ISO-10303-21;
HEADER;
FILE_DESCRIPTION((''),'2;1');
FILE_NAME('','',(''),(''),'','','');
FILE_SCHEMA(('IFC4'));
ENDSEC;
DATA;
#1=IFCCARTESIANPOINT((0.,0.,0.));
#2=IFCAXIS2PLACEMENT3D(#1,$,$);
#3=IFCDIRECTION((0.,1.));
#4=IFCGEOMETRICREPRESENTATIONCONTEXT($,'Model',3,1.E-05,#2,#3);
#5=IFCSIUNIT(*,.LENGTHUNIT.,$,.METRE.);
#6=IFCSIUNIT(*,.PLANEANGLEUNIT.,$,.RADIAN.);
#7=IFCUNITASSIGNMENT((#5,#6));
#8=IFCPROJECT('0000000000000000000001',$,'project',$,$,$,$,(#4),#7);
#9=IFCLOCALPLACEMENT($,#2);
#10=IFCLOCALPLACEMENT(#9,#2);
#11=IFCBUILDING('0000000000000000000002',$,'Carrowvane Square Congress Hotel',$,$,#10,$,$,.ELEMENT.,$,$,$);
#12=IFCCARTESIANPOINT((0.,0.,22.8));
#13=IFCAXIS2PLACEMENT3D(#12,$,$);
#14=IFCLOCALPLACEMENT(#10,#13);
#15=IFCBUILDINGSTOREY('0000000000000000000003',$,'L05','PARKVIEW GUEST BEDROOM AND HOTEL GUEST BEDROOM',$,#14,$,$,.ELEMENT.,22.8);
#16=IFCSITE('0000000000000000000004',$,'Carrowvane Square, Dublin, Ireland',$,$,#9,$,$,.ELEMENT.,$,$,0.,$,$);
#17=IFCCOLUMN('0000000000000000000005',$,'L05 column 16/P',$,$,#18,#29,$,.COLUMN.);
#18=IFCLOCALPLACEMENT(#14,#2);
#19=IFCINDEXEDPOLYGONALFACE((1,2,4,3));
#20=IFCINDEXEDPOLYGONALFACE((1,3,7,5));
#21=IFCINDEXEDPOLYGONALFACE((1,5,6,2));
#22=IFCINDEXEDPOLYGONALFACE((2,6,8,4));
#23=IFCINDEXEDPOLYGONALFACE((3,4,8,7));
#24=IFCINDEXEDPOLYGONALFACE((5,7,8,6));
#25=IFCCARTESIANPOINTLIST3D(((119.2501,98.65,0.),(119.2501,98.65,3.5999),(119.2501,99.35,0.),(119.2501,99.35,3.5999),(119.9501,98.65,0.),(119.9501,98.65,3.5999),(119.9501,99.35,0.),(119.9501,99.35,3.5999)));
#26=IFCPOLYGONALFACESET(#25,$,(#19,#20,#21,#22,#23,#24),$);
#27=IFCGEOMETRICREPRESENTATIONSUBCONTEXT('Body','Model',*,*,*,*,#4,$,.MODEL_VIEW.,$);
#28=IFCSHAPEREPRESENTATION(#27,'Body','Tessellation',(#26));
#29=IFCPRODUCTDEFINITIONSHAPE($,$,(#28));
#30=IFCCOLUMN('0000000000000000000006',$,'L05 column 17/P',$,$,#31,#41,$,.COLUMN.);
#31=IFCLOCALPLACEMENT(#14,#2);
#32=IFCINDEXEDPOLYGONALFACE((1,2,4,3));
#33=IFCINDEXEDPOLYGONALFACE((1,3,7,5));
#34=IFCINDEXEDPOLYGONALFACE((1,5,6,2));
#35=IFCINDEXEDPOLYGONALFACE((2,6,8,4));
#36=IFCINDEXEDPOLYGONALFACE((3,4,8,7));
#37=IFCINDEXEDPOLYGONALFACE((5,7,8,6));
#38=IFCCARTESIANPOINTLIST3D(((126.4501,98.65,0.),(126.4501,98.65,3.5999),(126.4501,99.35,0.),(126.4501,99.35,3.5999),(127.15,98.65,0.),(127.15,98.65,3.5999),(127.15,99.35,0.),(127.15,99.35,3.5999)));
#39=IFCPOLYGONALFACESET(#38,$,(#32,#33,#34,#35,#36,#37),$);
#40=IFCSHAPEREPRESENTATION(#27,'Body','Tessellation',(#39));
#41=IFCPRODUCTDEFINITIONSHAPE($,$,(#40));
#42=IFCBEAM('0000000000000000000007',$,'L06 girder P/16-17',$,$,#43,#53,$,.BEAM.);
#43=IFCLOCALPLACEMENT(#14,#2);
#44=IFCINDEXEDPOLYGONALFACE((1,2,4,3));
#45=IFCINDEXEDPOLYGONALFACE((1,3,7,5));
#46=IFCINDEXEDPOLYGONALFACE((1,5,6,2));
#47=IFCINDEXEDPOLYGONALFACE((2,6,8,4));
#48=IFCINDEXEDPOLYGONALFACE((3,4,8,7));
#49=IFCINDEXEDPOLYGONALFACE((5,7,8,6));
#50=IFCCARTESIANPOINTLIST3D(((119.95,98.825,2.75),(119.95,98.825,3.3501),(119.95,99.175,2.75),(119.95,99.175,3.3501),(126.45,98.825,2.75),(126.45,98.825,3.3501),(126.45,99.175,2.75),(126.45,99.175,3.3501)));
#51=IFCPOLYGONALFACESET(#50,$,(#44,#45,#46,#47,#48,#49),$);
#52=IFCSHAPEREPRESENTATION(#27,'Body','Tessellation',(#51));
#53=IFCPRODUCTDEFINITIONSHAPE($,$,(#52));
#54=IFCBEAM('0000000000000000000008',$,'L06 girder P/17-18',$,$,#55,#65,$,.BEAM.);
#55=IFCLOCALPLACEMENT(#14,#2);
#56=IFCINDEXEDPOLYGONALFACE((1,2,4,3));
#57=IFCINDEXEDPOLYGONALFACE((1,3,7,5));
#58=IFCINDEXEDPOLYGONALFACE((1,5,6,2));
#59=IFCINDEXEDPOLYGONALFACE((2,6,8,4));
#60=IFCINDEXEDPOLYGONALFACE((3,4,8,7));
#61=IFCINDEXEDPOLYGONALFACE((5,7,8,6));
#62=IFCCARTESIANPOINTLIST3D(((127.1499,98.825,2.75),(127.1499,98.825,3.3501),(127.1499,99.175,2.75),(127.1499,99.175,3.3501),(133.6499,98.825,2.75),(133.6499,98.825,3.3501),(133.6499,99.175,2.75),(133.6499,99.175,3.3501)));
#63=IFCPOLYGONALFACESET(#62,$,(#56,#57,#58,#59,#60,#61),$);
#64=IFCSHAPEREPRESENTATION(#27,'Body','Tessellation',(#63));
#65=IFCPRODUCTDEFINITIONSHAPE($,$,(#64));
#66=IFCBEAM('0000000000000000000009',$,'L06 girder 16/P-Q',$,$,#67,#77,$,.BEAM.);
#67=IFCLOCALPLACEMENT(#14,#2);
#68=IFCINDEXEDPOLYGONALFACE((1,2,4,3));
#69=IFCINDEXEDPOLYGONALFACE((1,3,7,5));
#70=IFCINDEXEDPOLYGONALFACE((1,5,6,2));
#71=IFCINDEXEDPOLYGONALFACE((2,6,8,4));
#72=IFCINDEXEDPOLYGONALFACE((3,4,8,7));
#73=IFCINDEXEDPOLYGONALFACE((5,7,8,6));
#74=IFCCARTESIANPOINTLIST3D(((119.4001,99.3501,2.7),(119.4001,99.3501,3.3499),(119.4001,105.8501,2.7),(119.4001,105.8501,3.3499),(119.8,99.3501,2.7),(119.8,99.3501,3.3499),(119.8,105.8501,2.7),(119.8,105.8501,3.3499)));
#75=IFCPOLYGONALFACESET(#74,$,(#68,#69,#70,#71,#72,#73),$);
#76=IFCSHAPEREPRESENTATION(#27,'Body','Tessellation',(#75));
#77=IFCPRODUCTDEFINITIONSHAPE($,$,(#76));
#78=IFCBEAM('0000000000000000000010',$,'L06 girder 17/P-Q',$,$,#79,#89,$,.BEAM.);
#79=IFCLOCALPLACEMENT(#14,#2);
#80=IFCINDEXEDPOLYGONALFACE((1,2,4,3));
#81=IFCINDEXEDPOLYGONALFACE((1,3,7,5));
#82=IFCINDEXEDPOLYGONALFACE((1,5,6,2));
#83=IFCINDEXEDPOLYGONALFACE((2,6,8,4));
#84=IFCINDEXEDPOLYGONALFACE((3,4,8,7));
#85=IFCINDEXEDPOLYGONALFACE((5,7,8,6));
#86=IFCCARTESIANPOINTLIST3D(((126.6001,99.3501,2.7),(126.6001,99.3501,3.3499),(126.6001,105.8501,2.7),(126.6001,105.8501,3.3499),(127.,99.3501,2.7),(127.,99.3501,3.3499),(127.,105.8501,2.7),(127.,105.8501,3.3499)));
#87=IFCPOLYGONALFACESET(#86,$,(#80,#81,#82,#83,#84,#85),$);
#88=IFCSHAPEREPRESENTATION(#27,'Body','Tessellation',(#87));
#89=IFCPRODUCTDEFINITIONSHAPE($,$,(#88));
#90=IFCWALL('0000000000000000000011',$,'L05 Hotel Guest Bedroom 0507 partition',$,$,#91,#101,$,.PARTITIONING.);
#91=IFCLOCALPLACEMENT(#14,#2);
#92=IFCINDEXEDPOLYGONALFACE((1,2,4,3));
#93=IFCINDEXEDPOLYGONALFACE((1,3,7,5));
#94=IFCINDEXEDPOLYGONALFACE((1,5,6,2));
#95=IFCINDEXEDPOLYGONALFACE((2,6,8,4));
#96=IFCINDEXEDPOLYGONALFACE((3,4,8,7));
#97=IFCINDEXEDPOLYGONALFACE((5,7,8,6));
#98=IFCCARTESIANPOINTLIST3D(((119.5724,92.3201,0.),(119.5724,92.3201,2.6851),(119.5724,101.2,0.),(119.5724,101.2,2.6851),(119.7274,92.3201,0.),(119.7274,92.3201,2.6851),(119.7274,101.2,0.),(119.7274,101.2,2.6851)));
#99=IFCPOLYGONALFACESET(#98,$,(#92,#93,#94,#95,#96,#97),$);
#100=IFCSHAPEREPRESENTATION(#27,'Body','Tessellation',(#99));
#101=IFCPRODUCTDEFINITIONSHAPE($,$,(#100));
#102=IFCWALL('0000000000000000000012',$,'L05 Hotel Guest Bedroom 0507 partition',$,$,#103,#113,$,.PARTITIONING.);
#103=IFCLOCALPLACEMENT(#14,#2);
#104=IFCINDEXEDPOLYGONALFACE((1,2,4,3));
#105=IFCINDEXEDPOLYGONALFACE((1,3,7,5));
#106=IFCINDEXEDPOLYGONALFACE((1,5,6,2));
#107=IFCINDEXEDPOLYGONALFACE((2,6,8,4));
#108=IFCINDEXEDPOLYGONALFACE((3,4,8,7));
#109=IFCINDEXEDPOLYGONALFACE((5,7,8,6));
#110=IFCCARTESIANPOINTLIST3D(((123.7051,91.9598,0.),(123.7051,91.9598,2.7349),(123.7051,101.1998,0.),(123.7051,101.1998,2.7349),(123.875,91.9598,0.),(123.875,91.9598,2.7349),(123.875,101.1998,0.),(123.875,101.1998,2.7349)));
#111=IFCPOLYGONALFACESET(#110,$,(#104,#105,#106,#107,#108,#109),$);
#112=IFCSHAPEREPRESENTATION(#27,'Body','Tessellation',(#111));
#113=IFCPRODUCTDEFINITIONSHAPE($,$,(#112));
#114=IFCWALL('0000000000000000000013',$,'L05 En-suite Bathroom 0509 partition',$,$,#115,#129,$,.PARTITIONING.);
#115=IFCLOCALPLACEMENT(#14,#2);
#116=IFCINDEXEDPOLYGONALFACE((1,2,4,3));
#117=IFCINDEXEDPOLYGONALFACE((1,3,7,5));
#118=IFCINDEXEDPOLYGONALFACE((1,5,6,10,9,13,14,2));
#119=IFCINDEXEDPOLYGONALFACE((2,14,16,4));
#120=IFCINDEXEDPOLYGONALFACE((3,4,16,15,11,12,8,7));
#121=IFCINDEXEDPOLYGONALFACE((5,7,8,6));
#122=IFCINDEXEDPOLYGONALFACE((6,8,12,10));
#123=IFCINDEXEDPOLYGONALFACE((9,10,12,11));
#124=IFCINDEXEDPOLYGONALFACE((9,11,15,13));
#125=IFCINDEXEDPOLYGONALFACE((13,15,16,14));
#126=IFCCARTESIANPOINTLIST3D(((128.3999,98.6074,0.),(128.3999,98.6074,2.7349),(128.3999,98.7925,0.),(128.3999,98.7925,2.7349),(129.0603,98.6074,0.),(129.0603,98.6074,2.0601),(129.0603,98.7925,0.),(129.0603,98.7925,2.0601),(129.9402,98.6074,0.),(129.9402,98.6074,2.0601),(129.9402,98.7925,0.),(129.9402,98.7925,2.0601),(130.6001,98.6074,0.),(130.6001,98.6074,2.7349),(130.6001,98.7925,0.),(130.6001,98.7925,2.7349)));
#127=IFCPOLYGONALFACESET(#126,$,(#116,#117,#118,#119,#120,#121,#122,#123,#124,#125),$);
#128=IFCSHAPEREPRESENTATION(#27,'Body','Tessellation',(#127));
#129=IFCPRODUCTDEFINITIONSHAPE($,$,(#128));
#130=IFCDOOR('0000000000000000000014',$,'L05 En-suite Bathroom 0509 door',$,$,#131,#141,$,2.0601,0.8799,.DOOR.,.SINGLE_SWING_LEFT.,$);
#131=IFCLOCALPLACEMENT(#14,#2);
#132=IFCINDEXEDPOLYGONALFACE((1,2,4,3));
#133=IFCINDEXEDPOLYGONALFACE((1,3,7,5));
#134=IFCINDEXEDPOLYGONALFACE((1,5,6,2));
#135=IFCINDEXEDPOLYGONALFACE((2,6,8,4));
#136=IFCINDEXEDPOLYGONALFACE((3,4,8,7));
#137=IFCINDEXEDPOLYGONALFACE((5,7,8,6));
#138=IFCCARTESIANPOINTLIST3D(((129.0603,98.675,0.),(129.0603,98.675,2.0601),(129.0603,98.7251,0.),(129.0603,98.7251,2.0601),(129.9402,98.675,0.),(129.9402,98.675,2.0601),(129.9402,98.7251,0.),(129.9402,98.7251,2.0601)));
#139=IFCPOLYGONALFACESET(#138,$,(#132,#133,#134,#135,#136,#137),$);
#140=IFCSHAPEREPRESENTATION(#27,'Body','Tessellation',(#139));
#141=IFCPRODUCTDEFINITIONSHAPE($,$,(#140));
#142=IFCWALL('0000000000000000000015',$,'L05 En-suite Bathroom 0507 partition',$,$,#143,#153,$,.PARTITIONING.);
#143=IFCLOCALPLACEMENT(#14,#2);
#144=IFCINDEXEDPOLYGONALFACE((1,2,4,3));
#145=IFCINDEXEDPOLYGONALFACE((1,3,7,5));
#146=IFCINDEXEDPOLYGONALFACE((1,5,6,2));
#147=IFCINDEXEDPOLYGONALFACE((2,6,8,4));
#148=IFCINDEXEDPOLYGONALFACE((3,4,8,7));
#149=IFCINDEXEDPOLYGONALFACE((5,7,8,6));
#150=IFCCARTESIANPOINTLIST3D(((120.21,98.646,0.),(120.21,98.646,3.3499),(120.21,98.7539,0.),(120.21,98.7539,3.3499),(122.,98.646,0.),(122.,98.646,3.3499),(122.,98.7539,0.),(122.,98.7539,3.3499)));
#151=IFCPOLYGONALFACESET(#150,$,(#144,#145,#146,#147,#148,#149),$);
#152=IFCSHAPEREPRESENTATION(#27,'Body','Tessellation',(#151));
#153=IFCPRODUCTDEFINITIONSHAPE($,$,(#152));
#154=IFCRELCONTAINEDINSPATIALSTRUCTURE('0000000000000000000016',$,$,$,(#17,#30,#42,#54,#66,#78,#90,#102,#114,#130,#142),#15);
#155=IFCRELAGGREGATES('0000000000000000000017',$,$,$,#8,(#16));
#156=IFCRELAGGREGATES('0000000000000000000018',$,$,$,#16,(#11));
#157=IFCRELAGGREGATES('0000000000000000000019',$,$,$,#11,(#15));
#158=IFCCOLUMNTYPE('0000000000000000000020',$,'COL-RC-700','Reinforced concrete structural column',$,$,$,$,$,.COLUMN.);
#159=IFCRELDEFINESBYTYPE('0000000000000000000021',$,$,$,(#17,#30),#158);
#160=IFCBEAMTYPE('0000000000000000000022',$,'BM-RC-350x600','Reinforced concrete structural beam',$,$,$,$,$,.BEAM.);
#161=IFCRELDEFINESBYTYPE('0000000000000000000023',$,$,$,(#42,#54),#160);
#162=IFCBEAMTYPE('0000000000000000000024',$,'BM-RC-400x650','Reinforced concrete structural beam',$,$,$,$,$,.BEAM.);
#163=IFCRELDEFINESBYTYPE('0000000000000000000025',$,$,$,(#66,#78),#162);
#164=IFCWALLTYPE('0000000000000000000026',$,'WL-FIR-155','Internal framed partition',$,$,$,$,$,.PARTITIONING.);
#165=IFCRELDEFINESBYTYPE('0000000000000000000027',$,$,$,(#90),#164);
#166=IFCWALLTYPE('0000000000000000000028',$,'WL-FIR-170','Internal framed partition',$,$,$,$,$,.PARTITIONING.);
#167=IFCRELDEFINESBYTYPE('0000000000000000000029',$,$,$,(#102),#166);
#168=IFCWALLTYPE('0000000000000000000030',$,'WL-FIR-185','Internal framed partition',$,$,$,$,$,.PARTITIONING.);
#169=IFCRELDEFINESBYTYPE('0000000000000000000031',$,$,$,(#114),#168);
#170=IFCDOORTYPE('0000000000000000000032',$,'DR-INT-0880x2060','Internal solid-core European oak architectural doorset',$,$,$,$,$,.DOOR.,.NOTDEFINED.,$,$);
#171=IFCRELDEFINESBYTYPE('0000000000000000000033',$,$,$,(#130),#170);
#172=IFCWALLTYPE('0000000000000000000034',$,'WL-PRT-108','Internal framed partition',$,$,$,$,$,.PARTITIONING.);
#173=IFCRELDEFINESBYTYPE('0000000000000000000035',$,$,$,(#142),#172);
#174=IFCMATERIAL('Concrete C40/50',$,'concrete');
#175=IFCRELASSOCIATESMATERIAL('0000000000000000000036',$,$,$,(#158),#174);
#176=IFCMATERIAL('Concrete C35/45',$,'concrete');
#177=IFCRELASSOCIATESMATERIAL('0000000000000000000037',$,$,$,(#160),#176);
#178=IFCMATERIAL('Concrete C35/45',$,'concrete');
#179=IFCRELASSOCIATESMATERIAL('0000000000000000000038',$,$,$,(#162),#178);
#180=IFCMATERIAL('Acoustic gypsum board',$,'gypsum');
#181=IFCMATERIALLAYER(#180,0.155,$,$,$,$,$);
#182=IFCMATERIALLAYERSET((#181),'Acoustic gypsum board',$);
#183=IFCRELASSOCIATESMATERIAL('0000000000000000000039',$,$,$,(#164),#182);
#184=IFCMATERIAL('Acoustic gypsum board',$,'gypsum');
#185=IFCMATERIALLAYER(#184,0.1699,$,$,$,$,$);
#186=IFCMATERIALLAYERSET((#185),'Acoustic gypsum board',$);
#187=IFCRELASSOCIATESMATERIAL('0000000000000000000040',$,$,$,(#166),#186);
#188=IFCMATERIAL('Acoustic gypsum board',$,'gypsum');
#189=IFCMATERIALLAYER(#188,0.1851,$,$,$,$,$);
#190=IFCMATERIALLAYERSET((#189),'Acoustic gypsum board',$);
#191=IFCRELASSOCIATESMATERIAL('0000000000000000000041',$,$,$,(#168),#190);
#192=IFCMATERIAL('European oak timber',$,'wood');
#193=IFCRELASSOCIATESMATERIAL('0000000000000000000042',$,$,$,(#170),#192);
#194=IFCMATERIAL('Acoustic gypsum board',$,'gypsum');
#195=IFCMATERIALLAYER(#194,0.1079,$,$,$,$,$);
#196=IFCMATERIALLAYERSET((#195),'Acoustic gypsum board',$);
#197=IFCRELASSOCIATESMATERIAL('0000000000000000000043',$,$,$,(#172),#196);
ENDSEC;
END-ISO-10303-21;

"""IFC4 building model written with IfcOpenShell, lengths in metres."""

from ifc_helpers import new_model, si_unit, direction, frame, frame_2d, origin, origin_2d, place, context, subcontext, project, spatial, rectangle, extrude, material, layer, layer_set, material_profile, profile_set, type_object, element, fill, save


model = new_model("IFC4")

# Units and contexts
model_context = context("Model", 3, precision=1e-05, world=origin(), true_north=direction((0.0, 1.0)))
body_context = subcontext(model_context, "Body", "Model", "MODEL_VIEW")
ifc_project = project(units=[si_unit("LENGTHUNIT", "METRE"), si_unit("PLANEANGLEUNIT", "RADIAN")], contexts=[model_context])

# Site, building, storey
site_placement = place(None, origin())
site = spatial("IfcSite", under=ifc_project, at=site_placement, Name="Carrowvane Square, Dublin, Ireland", CompositionType="ELEMENT", RefElevation=0.0)
building_placement = place(site_placement, origin())
building = spatial("IfcBuilding", under=site, at=building_placement, Name="Carrowvane Square Congress Hotel", CompositionType="ELEMENT")
storey_placement = place(building_placement, frame((0.0, 0.0, 22.8)))
storey = spatial("IfcBuildingStorey", under=building, at=storey_placement, Name="L05", Description="PARKVIEW GUEST BEDROOM AND HOTEL GUEST BEDROOM", CompositionType="ELEMENT", Elevation=22.8)

# Columns
ifc_material_1 = material(Name="Concrete C40/50", Category="concrete")
ifc_material_profile_1 = material_profile(ifc_material_1, rectangle(XDim=0.7, YDim=0.7, at=origin_2d()), Name="RC 700x700")
ifc_profile_set_1 = profile_set([ifc_material_profile_1], Name="Concrete C40/50")
column_type = type_object("IfcColumnType", Name="COL-RC-700", Description="Reinforced concrete structural column", PredefinedType="COLUMN", material=ifc_profile_set_1)
for number, where, z_axis, x_axis, name in (
    (1, (119.6001, 99.0, 0.0), (0.0, 0.0, 1.0), (1.0, 0.0, 0.0), "L05 column 16/P"),
    (2, (126.8, 99.0, 0.0), (0.0, 0.0, 1.0), (1.0, 0.0, 0.0), "L05 column 17/P"),
):
    element("IfcColumn", number, at=place(storey_placement, frame(where, z_axis=z_axis, x_axis=x_axis)), inside=storey, type_object=column_type, Name=name, PredefinedType="COLUMN", context=body_context, shape_type="SweptSolid", body=[
        extrude(rectangle(XDim=0.7, YDim=0.7, at=origin_2d()), origin(), (0.0, 0.0, 1.0), 3.5999),
    ])

# Beams
ifc_material_2 = material(Name="Concrete C35/45", Category="concrete")
ifc_material_profile_2 = material_profile(ifc_material_2, rectangle(XDim=0.3501, YDim=0.6001, at=origin_2d()), Name="RC 350x600")
ifc_profile_set_2 = profile_set([ifc_material_profile_2], Name="Concrete C35/45")
beam_type_1 = type_object("IfcBeamType", Name="BM-RC-350x600", Description="Reinforced concrete structural beam", PredefinedType="BEAM", material=ifc_profile_set_2)
for number, where, z_axis, x_axis, name in (
    (3, (119.95, 99.0, 3.05), (1.0, 0.0, 0.0), (0.0, 1.0, 0.0), "L06 girder P/16-17"),
    (4, (127.1499, 99.0, 3.05), (1.0, 0.0, 0.0), (0.0, 1.0, 0.0), "L06 girder P/17-18"),
):
    element("IfcBeam", number, at=place(storey_placement, frame(where, z_axis=z_axis, x_axis=x_axis)), inside=storey, type_object=beam_type_1, Name=name, PredefinedType="BEAM", context=body_context, shape_type="SweptSolid", body=[
        extrude(rectangle(XDim=0.3501, YDim=0.6001, at=origin_2d()), origin(), (0.0, 0.0, 1.0), 6.5),
    ])
ifc_material_3 = material(Name="Concrete C35/45", Category="concrete")
ifc_material_profile_3 = material_profile(ifc_material_3, rectangle(XDim=0.3999, YDim=0.6499, at=origin_2d()), Name="RC 400x650")
ifc_profile_set_3 = profile_set([ifc_material_profile_3], Name="Concrete C35/45")
beam_type_2 = type_object("IfcBeamType", Name="BM-RC-400x650", Description="Reinforced concrete structural beam", PredefinedType="BEAM", material=ifc_profile_set_3)
for number, where, z_axis, x_axis, name in (
    (5, (119.6001, 99.3501, 3.0249), (0.0, 1.0, 0.0), (-1.0, 0.0, 0.0), "L06 girder 16/P-Q"),
    (6, (126.8, 99.3501, 3.0249), (0.0, 1.0, 0.0), (-1.0, 0.0, 0.0), "L06 girder 17/P-Q"),
):
    element("IfcBeam", number, at=place(storey_placement, frame(where, z_axis=z_axis, x_axis=x_axis)), inside=storey, type_object=beam_type_2, Name=name, PredefinedType="BEAM", context=body_context, shape_type="SweptSolid", body=[
        extrude(rectangle(XDim=0.3999, YDim=0.6499, at=origin_2d()), origin(), (0.0, 0.0, 1.0), 6.5),
    ])

# Walls
ifc_material_4 = material(Name="Acoustic gypsum board", Category="gypsum")
ifc_layer_1 = layer(ifc_material_4, 0.155)
ifc_layer_set_1 = layer_set([ifc_layer_1], Name="Acoustic gypsum board")
wall_type_1 = type_object("IfcWallType", Name="WL-FIR-155", Description="Internal framed partition", PredefinedType="PARTITIONING", material=ifc_layer_set_1)
wall_1_placement = place(storey_placement, frame((119.6499, 92.3201, 0.0), z_axis=(0.0, 0.0, 1.0), x_axis=(0.0, 1.0, 0.0)))
element("IfcWall", 7, at=wall_1_placement, inside=storey, type_object=wall_type_1, Name="L05 Hotel Guest Bedroom 0507 partition", PredefinedType="PARTITIONING", context=body_context, shape_type="SweptSolid", body=[
    extrude(rectangle(XDim=8.8799, YDim=0.155, at=frame_2d((4.4399, 0.0))), origin(), (0.0, 0.0, 1.0), 2.6851),
])
ifc_material_5 = material(Name="Acoustic gypsum board", Category="gypsum")
ifc_layer_2 = layer(ifc_material_5, 0.1699)
ifc_layer_set_2 = layer_set([ifc_layer_2], Name="Acoustic gypsum board")
wall_type_2 = type_object("IfcWallType", Name="WL-FIR-170", Description="Internal framed partition", PredefinedType="PARTITIONING", material=ifc_layer_set_2)
wall_2_placement = place(storey_placement, frame((123.79, 101.2, 0.0), z_axis=(0.0, 0.0, 1.0), x_axis=(0.0, -1.0, 0.0)))
element("IfcWall", 8, at=wall_2_placement, inside=storey, type_object=wall_type_2, Name="L05 Hotel Guest Bedroom 0507 partition", PredefinedType="PARTITIONING", context=body_context, shape_type="SweptSolid", body=[
    extrude(rectangle(XDim=9.24, YDim=0.1699, at=frame_2d((4.6201, 0.0))), origin(), (0.0, 0.0, 1.0), 2.7349),
])

# Wall, opening, door
ifc_material_6 = material(Name="Acoustic gypsum board", Category="gypsum")
ifc_layer_3 = layer(ifc_material_6, 0.1851)
ifc_layer_set_3 = layer_set([ifc_layer_3], Name="Acoustic gypsum board")
wall_type_3 = type_object("IfcWallType", Name="WL-FIR-185", Description="Internal framed partition", PredefinedType="PARTITIONING", material=ifc_layer_set_3)
wall_3_placement = place(storey_placement, frame((130.6001, 98.7, 0.0), z_axis=(0.0, 0.0, 1.0), x_axis=(-1.0, 0.0, 0.0)))
wall_3 = element("IfcWall", 9, at=wall_3_placement, inside=storey, type_object=wall_type_3, Name="L05 En-suite Bathroom 0509 partition", PredefinedType="PARTITIONING", context=body_context, shape_type="SweptSolid", body=[
    extrude(rectangle(XDim=2.2002, YDim=0.1851, at=frame_2d((1.1001, 0.0))), origin(), (0.0, 0.0, 1.0), 2.7349),
])
opening_1_placement = place(wall_3_placement, frame((0.6599, 0.0, 0.0)))
opening_1 = element("IfcOpeningElement", 10, at=opening_1_placement, cuts=wall_3, PredefinedType="OPENING", context=body_context, shape_type="SweptSolid", body=[
    extrude(rectangle(XDim=0.8799, YDim=2.0601, at=frame_2d((0.4399, 1.03))), frame((0.0, 0.1025, 0.0), z_axis=(0.0, -1.0, 0.0), x_axis=(1.0, 0.0, 0.0)), (0.0, 0.0, 1.0), 0.2051),
])
ifc_material_7 = material(Name="European oak timber", Category="wood")
door_type_1 = type_object("IfcDoorType", Name="DR-INT-0880x2060", Description="Internal solid-core European oak architectural doorset", OperationType="NOTDEFINED", PredefinedType="DOOR", material=ifc_material_7)
door_1_placement = place(opening_1_placement, origin())
door_1 = element("IfcDoor", 11, at=door_1_placement, inside=storey, type_object=door_type_1, Name="L05 En-suite Bathroom 0509 door", OperationType="SINGLE_SWING_LEFT", OverallHeight=2.0601, OverallWidth=0.8799, PredefinedType="DOOR", context=body_context, shape_type="SweptSolid", body=[
    extrude(rectangle(XDim=0.8799, YDim=2.0601, at=frame_2d((0.4399, 1.03))), frame((0.0, 0.0249, 0.0), z_axis=(0.0, -1.0, 0.0), x_axis=(1.0, 0.0, 0.0)), (0.0, 0.0, 1.0), 0.05),
])
fill(opening_1, door_1)

# Wall
ifc_material_8 = material(Name="Acoustic gypsum board", Category="gypsum")
ifc_layer_4 = layer(ifc_material_8, 0.1079)
ifc_layer_set_4 = layer_set([ifc_layer_4], Name="Acoustic gypsum board")
wall_type_4 = type_object("IfcWallType", Name="WL-PRT-108", Description="Internal framed partition", PredefinedType="PARTITIONING", material=ifc_layer_set_4)
wall_4_placement = place(storey_placement, frame((122.0, 98.7, 0.0), z_axis=(0.0, 0.0, 1.0), x_axis=(-1.0, 0.0, 0.0)))
element("IfcWall", 12, at=wall_4_placement, inside=storey, type_object=wall_type_4, Name="L05 En-suite Bathroom 0507 partition", PredefinedType="PARTITIONING", context=body_context, shape_type="SweptSolid", body=[
    extrude(rectangle(XDim=1.79, YDim=0.1079, at=frame_2d((0.895, 0.0))), origin(), (0.0, 0.0, 1.0), 3.3499),
])

save(model, "model.ifc")
